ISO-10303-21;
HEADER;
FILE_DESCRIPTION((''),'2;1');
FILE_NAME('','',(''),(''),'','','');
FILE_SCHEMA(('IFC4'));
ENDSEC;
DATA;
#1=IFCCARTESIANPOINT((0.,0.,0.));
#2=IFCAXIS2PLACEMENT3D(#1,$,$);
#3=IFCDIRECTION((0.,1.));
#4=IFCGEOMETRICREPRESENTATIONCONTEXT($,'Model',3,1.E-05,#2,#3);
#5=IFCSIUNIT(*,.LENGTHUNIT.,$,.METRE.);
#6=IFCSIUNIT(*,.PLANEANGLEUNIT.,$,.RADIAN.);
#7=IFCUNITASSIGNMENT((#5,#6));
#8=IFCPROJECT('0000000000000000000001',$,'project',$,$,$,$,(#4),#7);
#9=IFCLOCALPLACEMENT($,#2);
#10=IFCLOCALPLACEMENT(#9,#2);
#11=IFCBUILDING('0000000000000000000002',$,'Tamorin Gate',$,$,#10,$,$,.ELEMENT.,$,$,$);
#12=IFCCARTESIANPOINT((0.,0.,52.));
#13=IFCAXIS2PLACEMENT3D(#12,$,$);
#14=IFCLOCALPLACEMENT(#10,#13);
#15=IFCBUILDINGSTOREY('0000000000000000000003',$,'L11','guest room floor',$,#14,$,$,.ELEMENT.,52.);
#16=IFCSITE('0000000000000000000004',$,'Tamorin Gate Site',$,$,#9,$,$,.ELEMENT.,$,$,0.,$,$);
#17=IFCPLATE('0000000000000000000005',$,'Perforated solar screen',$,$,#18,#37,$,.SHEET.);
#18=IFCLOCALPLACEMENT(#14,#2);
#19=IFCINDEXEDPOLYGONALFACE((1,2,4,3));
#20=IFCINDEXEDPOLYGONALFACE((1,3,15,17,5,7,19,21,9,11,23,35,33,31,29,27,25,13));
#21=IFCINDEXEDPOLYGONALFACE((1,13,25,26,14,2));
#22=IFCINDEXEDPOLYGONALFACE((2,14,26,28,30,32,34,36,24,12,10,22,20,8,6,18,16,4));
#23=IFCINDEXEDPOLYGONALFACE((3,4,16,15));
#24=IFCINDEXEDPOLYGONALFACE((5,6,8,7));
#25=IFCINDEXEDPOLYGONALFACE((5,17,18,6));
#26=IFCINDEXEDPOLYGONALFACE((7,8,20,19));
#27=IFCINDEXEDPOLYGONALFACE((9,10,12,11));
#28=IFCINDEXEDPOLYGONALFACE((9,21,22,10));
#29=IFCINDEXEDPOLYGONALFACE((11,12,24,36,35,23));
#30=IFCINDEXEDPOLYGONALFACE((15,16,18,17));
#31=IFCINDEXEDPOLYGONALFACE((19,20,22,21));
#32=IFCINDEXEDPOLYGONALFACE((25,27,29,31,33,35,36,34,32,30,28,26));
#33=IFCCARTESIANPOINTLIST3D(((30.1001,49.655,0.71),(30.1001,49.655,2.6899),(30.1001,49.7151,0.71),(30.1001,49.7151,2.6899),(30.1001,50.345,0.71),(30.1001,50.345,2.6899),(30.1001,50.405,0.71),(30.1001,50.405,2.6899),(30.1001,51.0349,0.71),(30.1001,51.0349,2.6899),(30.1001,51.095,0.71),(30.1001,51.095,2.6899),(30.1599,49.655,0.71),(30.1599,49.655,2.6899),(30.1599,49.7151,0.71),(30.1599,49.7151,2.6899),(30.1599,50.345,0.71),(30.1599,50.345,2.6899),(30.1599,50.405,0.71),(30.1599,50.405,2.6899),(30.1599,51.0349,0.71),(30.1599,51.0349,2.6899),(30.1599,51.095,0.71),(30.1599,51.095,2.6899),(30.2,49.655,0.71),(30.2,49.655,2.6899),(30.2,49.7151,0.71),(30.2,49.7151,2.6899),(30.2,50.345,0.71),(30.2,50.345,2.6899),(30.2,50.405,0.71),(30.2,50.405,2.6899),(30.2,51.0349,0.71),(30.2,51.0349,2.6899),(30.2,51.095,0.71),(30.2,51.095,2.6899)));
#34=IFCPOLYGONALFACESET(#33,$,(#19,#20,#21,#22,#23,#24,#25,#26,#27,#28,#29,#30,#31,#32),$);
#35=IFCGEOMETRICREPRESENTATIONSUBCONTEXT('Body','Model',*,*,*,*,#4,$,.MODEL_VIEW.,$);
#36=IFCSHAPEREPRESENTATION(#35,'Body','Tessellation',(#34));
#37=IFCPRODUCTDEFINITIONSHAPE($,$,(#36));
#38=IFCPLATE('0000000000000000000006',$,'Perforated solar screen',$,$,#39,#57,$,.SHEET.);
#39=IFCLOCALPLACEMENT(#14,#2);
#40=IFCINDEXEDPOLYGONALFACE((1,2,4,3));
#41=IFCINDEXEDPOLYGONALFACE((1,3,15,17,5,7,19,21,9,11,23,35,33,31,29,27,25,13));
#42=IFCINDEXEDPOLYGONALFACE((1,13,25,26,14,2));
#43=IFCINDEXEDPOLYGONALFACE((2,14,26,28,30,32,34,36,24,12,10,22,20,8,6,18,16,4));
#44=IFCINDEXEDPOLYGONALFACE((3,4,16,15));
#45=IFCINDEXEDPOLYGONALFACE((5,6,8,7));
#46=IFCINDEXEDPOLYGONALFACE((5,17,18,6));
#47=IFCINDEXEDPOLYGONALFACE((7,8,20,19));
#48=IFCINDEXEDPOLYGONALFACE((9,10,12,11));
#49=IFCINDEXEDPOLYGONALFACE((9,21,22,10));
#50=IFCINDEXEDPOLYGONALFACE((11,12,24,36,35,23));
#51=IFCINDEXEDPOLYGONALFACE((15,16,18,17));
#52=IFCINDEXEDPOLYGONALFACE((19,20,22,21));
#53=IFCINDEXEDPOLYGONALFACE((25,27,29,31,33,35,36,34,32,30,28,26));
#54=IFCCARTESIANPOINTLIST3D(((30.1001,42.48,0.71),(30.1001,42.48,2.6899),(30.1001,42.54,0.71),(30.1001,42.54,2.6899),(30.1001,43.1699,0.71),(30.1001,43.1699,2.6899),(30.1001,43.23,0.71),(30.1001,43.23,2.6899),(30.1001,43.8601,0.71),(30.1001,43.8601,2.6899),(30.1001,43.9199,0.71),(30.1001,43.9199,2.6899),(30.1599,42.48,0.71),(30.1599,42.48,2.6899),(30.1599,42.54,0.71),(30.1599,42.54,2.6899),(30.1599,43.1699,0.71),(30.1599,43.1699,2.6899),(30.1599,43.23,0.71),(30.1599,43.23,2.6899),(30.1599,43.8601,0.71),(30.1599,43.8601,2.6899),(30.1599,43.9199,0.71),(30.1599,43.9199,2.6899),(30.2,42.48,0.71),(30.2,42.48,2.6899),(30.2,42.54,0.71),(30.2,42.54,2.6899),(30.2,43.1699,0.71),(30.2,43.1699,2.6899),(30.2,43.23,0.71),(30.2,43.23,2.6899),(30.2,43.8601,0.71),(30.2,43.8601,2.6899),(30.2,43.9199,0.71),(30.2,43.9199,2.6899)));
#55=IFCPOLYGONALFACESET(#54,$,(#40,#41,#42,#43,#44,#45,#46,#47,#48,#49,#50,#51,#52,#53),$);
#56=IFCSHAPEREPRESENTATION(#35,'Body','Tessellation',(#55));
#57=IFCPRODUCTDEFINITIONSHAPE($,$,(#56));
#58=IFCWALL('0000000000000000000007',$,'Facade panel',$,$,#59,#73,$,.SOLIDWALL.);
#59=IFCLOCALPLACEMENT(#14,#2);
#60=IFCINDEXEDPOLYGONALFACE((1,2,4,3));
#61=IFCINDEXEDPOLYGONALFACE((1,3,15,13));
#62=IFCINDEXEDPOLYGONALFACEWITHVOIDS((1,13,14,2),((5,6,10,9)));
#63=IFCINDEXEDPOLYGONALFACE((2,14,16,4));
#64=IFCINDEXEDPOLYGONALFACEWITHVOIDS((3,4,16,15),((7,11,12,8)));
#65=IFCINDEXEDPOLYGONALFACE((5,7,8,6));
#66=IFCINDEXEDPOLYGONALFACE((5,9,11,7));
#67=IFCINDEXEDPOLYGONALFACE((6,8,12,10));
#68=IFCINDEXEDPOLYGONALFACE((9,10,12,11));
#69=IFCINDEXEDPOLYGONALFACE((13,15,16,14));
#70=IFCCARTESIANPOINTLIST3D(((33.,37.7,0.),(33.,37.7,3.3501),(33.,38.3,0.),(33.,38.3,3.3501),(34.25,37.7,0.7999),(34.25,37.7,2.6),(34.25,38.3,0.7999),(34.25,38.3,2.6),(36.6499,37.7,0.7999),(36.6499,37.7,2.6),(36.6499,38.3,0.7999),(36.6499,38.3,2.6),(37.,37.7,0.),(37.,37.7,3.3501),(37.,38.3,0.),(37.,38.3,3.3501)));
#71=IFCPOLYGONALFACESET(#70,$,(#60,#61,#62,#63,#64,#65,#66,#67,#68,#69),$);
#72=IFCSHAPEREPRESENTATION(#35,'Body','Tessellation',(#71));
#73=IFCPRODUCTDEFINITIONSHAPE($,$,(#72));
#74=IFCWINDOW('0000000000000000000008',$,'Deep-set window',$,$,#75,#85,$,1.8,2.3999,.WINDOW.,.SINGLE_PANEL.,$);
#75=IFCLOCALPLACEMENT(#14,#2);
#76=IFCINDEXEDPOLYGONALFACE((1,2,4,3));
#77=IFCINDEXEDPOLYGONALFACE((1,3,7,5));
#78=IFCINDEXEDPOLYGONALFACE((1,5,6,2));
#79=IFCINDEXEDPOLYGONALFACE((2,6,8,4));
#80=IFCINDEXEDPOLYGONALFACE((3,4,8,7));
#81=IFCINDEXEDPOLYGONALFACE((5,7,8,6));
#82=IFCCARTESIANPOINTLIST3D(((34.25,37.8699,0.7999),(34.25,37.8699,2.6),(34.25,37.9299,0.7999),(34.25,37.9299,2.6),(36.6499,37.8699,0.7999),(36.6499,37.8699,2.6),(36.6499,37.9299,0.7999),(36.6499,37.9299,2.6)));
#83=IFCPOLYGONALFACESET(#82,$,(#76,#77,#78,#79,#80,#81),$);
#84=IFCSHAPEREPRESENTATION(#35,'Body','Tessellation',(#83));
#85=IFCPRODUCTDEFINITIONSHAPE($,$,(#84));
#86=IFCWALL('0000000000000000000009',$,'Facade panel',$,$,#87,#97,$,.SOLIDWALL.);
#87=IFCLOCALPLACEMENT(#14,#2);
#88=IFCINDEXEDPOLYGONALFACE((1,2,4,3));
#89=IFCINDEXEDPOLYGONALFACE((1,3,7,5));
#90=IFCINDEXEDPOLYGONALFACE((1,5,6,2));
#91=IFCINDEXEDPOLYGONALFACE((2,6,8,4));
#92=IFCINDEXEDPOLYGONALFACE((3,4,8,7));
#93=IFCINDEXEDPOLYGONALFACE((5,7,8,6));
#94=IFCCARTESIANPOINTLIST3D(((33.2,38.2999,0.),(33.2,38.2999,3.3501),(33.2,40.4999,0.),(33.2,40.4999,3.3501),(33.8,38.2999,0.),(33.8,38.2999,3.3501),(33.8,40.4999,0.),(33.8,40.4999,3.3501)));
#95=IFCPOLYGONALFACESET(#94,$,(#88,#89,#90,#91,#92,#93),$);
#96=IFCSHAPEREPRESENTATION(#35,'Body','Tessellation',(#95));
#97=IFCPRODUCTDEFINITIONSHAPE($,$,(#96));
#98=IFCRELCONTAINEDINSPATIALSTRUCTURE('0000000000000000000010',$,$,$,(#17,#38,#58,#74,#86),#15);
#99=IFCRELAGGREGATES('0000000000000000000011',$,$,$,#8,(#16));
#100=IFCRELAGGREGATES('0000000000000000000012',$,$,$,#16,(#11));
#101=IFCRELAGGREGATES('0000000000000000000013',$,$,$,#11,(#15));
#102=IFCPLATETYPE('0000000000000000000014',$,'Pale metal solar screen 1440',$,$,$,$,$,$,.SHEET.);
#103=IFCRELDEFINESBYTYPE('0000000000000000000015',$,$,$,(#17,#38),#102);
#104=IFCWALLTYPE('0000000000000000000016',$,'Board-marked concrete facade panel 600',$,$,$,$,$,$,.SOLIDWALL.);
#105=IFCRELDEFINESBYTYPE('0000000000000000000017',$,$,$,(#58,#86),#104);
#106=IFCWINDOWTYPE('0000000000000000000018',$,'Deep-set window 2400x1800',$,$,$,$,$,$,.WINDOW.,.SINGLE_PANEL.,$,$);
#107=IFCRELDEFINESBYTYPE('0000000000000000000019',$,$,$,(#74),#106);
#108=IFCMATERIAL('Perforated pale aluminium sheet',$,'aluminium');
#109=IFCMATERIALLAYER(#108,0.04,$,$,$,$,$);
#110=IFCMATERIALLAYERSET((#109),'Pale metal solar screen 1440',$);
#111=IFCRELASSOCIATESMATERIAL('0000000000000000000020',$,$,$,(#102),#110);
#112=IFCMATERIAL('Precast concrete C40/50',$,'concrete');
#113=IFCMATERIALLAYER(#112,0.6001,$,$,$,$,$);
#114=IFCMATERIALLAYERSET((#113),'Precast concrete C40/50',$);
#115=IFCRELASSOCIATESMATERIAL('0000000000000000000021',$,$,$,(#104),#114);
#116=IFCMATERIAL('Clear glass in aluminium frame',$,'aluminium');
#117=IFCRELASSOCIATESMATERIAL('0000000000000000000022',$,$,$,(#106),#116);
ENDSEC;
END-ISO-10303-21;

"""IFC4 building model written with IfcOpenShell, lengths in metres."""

from ifc_helpers import new_model, si_unit, direction, frame, frame_2d, origin, place, context, subcontext, project, spatial, polyline, rectangle, outline, extrude, material, layer, layer_set, type_object, element, fill, save


model = new_model("IFC4")

# Units and contexts
model_context = context("Model", 3, precision=1e-05, world=origin(), true_north=direction((0.0, 1.0)))
body_context = subcontext(model_context, "Body", "Model", "MODEL_VIEW")
ifc_project = project(units=[si_unit("LENGTHUNIT", "METRE"), si_unit("PLANEANGLEUNIT", "RADIAN")], contexts=[model_context])

# Site, building, storey
site_placement = place(None, origin())
site = spatial("IfcSite", under=ifc_project, at=site_placement, Name="Tamorin Gate Site", CompositionType="ELEMENT", RefElevation=0.0)
building_placement = place(site_placement, origin())
building = spatial("IfcBuilding", under=site, at=building_placement, Name="Tamorin Gate", CompositionType="ELEMENT")
storey_placement = place(building_placement, frame((0.0, 0.0, 52.0)))
storey = spatial("IfcBuildingStorey", under=building, at=storey_placement, Name="L11", Description="guest room floor", CompositionType="ELEMENT", Elevation=52.0)

# Plates
ifc_material_1 = material(Name="Perforated pale aluminium sheet", Category="aluminium")
ifc_layer_1 = layer(ifc_material_1, 0.04)
ifc_layer_set_1 = layer_set([ifc_layer_1], Name="Pale metal solar screen 1440")
plate_type = type_object("IfcPlateType", Name="Pale metal solar screen 1440", PredefinedType="SHEET", material=ifc_layer_set_1)
plate_1_placement = place(storey_placement, frame((0.0, 0.0, 0.71)))
element("IfcPlate", 1, at=plate_1_placement, inside=storey, type_object=plate_type, Name="Perforated solar screen", PredefinedType="SHEET", context=body_context, shape_type="SweptSolid", body=[
    extrude(outline(polyline([(30.1599, 51.095), (30.2, 51.095), (30.2, 51.0349), (30.2, 50.405), (30.2, 50.345), (30.2, 49.7151), (30.2, 49.655), (30.1599, 49.655), (30.1001, 49.655), (30.1001, 49.7151), (30.1599, 49.7151), (30.1599, 50.345), (30.1001, 50.345), (30.1001, 50.405), (30.1599, 50.405), (30.1599, 51.0349), (30.1001, 51.0349), (30.1001, 51.095), (30.1599, 51.095)])), origin(), (0.0, 0.0, 1.0), 1.98),
])
plate_2_placement = place(storey_placement, frame((0.0, 0.0, 0.71)))
element("IfcPlate", 2, at=plate_2_placement, inside=storey, type_object=plate_type, Name="Perforated solar screen", PredefinedType="SHEET", context=body_context, shape_type="SweptSolid", body=[
    extrude(outline(polyline([(30.1599, 43.9199), (30.2, 43.9199), (30.2, 43.8601), (30.2, 43.23), (30.2, 43.1699), (30.2, 42.54), (30.2, 42.48), (30.1599, 42.48), (30.1001, 42.48), (30.1001, 42.54), (30.1599, 42.54), (30.1599, 43.1699), (30.1001, 43.1699), (30.1001, 43.23), (30.1599, 43.23), (30.1599, 43.8601), (30.1001, 43.8601), (30.1001, 43.9199), (30.1599, 43.9199)])), origin(), (0.0, 0.0, 1.0), 1.98),
])

# Wall, opening, window
ifc_material_2 = material(Name="Precast concrete C40/50", Category="concrete")
ifc_layer_2 = layer(ifc_material_2, 0.6001)
ifc_layer_set_2 = layer_set([ifc_layer_2], Name="Precast concrete C40/50")
wall_type = type_object("IfcWallType", Name="Board-marked concrete facade panel 600", PredefinedType="SOLIDWALL", material=ifc_layer_set_2)
wall_1_placement = place(storey_placement, frame((33.0, 38.0, 0.0), z_axis=(0.0, 0.0, 1.0), x_axis=(1.0, 0.0, 0.0)))
wall_1 = element("IfcWall", 3, at=wall_1_placement, inside=storey, type_object=wall_type, Name="Facade panel", PredefinedType="SOLIDWALL", context=body_context, shape_type="SweptSolid", body=[
    extrude(rectangle(XDim=4.0, YDim=0.6001, at=frame_2d((2.0, 0.0))), origin(), (0.0, 0.0, 1.0), 3.3501),
])
opening_placement = place(wall_1_placement, frame((1.25, 0.0, 0.8)))
opening = element("IfcOpeningElement", 4, at=opening_placement, cuts=wall_1, PredefinedType="OPENING", context=body_context, shape_type="SweptSolid", body=[
    extrude(rectangle(XDim=2.3999, YDim=1.8, at=frame_2d((1.2, 0.8999))), frame((0.0, 0.3101, 0.0), z_axis=(0.0, -1.0, 0.0), x_axis=(1.0, 0.0, 0.0)), (0.0, 0.0, 1.0), 0.6201),
])
ifc_material_3 = material(Name="Clear glass in aluminium frame", Category="aluminium")
window_type = type_object("IfcWindowType", Name="Deep-set window 2400x1800", PartitioningType="SINGLE_PANEL", PredefinedType="WINDOW", material=ifc_material_3)
window_placement = place(opening_placement, origin())
window = element("IfcWindow", 5, at=window_placement, inside=storey, type_object=window_type, Name="Deep-set window", OverallHeight=1.8, OverallWidth=2.3999, PartitioningType="SINGLE_PANEL", PredefinedType="WINDOW", context=body_context, shape_type="SweptSolid", body=[
    extrude(rectangle(XDim=2.3999, YDim=1.8, at=frame_2d((1.2, 0.8999))), frame((0.0, -0.0701, 0.0), z_axis=(0.0, -1.0, 0.0), x_axis=(1.0, 0.0, 0.0)), (0.0, 0.0, 1.0), 0.0601),
])
fill(opening, window)

# Wall
wall_2_placement = place(storey_placement, frame((33.5, 40.5, 0.0), z_axis=(0.0, 0.0, 1.0), x_axis=(0.0, -1.0, 0.0)))
element("IfcWall", 6, at=wall_2_placement, inside=storey, type_object=wall_type, Name="Facade panel", PredefinedType="SOLIDWALL", context=body_context, shape_type="SweptSolid", body=[
    extrude(rectangle(XDim=2.2, YDim=0.6001, at=frame_2d((1.1001, 0.0))), origin(), (0.0, 0.0, 1.0), 3.3501),
])

save(model, "model.ifc")
